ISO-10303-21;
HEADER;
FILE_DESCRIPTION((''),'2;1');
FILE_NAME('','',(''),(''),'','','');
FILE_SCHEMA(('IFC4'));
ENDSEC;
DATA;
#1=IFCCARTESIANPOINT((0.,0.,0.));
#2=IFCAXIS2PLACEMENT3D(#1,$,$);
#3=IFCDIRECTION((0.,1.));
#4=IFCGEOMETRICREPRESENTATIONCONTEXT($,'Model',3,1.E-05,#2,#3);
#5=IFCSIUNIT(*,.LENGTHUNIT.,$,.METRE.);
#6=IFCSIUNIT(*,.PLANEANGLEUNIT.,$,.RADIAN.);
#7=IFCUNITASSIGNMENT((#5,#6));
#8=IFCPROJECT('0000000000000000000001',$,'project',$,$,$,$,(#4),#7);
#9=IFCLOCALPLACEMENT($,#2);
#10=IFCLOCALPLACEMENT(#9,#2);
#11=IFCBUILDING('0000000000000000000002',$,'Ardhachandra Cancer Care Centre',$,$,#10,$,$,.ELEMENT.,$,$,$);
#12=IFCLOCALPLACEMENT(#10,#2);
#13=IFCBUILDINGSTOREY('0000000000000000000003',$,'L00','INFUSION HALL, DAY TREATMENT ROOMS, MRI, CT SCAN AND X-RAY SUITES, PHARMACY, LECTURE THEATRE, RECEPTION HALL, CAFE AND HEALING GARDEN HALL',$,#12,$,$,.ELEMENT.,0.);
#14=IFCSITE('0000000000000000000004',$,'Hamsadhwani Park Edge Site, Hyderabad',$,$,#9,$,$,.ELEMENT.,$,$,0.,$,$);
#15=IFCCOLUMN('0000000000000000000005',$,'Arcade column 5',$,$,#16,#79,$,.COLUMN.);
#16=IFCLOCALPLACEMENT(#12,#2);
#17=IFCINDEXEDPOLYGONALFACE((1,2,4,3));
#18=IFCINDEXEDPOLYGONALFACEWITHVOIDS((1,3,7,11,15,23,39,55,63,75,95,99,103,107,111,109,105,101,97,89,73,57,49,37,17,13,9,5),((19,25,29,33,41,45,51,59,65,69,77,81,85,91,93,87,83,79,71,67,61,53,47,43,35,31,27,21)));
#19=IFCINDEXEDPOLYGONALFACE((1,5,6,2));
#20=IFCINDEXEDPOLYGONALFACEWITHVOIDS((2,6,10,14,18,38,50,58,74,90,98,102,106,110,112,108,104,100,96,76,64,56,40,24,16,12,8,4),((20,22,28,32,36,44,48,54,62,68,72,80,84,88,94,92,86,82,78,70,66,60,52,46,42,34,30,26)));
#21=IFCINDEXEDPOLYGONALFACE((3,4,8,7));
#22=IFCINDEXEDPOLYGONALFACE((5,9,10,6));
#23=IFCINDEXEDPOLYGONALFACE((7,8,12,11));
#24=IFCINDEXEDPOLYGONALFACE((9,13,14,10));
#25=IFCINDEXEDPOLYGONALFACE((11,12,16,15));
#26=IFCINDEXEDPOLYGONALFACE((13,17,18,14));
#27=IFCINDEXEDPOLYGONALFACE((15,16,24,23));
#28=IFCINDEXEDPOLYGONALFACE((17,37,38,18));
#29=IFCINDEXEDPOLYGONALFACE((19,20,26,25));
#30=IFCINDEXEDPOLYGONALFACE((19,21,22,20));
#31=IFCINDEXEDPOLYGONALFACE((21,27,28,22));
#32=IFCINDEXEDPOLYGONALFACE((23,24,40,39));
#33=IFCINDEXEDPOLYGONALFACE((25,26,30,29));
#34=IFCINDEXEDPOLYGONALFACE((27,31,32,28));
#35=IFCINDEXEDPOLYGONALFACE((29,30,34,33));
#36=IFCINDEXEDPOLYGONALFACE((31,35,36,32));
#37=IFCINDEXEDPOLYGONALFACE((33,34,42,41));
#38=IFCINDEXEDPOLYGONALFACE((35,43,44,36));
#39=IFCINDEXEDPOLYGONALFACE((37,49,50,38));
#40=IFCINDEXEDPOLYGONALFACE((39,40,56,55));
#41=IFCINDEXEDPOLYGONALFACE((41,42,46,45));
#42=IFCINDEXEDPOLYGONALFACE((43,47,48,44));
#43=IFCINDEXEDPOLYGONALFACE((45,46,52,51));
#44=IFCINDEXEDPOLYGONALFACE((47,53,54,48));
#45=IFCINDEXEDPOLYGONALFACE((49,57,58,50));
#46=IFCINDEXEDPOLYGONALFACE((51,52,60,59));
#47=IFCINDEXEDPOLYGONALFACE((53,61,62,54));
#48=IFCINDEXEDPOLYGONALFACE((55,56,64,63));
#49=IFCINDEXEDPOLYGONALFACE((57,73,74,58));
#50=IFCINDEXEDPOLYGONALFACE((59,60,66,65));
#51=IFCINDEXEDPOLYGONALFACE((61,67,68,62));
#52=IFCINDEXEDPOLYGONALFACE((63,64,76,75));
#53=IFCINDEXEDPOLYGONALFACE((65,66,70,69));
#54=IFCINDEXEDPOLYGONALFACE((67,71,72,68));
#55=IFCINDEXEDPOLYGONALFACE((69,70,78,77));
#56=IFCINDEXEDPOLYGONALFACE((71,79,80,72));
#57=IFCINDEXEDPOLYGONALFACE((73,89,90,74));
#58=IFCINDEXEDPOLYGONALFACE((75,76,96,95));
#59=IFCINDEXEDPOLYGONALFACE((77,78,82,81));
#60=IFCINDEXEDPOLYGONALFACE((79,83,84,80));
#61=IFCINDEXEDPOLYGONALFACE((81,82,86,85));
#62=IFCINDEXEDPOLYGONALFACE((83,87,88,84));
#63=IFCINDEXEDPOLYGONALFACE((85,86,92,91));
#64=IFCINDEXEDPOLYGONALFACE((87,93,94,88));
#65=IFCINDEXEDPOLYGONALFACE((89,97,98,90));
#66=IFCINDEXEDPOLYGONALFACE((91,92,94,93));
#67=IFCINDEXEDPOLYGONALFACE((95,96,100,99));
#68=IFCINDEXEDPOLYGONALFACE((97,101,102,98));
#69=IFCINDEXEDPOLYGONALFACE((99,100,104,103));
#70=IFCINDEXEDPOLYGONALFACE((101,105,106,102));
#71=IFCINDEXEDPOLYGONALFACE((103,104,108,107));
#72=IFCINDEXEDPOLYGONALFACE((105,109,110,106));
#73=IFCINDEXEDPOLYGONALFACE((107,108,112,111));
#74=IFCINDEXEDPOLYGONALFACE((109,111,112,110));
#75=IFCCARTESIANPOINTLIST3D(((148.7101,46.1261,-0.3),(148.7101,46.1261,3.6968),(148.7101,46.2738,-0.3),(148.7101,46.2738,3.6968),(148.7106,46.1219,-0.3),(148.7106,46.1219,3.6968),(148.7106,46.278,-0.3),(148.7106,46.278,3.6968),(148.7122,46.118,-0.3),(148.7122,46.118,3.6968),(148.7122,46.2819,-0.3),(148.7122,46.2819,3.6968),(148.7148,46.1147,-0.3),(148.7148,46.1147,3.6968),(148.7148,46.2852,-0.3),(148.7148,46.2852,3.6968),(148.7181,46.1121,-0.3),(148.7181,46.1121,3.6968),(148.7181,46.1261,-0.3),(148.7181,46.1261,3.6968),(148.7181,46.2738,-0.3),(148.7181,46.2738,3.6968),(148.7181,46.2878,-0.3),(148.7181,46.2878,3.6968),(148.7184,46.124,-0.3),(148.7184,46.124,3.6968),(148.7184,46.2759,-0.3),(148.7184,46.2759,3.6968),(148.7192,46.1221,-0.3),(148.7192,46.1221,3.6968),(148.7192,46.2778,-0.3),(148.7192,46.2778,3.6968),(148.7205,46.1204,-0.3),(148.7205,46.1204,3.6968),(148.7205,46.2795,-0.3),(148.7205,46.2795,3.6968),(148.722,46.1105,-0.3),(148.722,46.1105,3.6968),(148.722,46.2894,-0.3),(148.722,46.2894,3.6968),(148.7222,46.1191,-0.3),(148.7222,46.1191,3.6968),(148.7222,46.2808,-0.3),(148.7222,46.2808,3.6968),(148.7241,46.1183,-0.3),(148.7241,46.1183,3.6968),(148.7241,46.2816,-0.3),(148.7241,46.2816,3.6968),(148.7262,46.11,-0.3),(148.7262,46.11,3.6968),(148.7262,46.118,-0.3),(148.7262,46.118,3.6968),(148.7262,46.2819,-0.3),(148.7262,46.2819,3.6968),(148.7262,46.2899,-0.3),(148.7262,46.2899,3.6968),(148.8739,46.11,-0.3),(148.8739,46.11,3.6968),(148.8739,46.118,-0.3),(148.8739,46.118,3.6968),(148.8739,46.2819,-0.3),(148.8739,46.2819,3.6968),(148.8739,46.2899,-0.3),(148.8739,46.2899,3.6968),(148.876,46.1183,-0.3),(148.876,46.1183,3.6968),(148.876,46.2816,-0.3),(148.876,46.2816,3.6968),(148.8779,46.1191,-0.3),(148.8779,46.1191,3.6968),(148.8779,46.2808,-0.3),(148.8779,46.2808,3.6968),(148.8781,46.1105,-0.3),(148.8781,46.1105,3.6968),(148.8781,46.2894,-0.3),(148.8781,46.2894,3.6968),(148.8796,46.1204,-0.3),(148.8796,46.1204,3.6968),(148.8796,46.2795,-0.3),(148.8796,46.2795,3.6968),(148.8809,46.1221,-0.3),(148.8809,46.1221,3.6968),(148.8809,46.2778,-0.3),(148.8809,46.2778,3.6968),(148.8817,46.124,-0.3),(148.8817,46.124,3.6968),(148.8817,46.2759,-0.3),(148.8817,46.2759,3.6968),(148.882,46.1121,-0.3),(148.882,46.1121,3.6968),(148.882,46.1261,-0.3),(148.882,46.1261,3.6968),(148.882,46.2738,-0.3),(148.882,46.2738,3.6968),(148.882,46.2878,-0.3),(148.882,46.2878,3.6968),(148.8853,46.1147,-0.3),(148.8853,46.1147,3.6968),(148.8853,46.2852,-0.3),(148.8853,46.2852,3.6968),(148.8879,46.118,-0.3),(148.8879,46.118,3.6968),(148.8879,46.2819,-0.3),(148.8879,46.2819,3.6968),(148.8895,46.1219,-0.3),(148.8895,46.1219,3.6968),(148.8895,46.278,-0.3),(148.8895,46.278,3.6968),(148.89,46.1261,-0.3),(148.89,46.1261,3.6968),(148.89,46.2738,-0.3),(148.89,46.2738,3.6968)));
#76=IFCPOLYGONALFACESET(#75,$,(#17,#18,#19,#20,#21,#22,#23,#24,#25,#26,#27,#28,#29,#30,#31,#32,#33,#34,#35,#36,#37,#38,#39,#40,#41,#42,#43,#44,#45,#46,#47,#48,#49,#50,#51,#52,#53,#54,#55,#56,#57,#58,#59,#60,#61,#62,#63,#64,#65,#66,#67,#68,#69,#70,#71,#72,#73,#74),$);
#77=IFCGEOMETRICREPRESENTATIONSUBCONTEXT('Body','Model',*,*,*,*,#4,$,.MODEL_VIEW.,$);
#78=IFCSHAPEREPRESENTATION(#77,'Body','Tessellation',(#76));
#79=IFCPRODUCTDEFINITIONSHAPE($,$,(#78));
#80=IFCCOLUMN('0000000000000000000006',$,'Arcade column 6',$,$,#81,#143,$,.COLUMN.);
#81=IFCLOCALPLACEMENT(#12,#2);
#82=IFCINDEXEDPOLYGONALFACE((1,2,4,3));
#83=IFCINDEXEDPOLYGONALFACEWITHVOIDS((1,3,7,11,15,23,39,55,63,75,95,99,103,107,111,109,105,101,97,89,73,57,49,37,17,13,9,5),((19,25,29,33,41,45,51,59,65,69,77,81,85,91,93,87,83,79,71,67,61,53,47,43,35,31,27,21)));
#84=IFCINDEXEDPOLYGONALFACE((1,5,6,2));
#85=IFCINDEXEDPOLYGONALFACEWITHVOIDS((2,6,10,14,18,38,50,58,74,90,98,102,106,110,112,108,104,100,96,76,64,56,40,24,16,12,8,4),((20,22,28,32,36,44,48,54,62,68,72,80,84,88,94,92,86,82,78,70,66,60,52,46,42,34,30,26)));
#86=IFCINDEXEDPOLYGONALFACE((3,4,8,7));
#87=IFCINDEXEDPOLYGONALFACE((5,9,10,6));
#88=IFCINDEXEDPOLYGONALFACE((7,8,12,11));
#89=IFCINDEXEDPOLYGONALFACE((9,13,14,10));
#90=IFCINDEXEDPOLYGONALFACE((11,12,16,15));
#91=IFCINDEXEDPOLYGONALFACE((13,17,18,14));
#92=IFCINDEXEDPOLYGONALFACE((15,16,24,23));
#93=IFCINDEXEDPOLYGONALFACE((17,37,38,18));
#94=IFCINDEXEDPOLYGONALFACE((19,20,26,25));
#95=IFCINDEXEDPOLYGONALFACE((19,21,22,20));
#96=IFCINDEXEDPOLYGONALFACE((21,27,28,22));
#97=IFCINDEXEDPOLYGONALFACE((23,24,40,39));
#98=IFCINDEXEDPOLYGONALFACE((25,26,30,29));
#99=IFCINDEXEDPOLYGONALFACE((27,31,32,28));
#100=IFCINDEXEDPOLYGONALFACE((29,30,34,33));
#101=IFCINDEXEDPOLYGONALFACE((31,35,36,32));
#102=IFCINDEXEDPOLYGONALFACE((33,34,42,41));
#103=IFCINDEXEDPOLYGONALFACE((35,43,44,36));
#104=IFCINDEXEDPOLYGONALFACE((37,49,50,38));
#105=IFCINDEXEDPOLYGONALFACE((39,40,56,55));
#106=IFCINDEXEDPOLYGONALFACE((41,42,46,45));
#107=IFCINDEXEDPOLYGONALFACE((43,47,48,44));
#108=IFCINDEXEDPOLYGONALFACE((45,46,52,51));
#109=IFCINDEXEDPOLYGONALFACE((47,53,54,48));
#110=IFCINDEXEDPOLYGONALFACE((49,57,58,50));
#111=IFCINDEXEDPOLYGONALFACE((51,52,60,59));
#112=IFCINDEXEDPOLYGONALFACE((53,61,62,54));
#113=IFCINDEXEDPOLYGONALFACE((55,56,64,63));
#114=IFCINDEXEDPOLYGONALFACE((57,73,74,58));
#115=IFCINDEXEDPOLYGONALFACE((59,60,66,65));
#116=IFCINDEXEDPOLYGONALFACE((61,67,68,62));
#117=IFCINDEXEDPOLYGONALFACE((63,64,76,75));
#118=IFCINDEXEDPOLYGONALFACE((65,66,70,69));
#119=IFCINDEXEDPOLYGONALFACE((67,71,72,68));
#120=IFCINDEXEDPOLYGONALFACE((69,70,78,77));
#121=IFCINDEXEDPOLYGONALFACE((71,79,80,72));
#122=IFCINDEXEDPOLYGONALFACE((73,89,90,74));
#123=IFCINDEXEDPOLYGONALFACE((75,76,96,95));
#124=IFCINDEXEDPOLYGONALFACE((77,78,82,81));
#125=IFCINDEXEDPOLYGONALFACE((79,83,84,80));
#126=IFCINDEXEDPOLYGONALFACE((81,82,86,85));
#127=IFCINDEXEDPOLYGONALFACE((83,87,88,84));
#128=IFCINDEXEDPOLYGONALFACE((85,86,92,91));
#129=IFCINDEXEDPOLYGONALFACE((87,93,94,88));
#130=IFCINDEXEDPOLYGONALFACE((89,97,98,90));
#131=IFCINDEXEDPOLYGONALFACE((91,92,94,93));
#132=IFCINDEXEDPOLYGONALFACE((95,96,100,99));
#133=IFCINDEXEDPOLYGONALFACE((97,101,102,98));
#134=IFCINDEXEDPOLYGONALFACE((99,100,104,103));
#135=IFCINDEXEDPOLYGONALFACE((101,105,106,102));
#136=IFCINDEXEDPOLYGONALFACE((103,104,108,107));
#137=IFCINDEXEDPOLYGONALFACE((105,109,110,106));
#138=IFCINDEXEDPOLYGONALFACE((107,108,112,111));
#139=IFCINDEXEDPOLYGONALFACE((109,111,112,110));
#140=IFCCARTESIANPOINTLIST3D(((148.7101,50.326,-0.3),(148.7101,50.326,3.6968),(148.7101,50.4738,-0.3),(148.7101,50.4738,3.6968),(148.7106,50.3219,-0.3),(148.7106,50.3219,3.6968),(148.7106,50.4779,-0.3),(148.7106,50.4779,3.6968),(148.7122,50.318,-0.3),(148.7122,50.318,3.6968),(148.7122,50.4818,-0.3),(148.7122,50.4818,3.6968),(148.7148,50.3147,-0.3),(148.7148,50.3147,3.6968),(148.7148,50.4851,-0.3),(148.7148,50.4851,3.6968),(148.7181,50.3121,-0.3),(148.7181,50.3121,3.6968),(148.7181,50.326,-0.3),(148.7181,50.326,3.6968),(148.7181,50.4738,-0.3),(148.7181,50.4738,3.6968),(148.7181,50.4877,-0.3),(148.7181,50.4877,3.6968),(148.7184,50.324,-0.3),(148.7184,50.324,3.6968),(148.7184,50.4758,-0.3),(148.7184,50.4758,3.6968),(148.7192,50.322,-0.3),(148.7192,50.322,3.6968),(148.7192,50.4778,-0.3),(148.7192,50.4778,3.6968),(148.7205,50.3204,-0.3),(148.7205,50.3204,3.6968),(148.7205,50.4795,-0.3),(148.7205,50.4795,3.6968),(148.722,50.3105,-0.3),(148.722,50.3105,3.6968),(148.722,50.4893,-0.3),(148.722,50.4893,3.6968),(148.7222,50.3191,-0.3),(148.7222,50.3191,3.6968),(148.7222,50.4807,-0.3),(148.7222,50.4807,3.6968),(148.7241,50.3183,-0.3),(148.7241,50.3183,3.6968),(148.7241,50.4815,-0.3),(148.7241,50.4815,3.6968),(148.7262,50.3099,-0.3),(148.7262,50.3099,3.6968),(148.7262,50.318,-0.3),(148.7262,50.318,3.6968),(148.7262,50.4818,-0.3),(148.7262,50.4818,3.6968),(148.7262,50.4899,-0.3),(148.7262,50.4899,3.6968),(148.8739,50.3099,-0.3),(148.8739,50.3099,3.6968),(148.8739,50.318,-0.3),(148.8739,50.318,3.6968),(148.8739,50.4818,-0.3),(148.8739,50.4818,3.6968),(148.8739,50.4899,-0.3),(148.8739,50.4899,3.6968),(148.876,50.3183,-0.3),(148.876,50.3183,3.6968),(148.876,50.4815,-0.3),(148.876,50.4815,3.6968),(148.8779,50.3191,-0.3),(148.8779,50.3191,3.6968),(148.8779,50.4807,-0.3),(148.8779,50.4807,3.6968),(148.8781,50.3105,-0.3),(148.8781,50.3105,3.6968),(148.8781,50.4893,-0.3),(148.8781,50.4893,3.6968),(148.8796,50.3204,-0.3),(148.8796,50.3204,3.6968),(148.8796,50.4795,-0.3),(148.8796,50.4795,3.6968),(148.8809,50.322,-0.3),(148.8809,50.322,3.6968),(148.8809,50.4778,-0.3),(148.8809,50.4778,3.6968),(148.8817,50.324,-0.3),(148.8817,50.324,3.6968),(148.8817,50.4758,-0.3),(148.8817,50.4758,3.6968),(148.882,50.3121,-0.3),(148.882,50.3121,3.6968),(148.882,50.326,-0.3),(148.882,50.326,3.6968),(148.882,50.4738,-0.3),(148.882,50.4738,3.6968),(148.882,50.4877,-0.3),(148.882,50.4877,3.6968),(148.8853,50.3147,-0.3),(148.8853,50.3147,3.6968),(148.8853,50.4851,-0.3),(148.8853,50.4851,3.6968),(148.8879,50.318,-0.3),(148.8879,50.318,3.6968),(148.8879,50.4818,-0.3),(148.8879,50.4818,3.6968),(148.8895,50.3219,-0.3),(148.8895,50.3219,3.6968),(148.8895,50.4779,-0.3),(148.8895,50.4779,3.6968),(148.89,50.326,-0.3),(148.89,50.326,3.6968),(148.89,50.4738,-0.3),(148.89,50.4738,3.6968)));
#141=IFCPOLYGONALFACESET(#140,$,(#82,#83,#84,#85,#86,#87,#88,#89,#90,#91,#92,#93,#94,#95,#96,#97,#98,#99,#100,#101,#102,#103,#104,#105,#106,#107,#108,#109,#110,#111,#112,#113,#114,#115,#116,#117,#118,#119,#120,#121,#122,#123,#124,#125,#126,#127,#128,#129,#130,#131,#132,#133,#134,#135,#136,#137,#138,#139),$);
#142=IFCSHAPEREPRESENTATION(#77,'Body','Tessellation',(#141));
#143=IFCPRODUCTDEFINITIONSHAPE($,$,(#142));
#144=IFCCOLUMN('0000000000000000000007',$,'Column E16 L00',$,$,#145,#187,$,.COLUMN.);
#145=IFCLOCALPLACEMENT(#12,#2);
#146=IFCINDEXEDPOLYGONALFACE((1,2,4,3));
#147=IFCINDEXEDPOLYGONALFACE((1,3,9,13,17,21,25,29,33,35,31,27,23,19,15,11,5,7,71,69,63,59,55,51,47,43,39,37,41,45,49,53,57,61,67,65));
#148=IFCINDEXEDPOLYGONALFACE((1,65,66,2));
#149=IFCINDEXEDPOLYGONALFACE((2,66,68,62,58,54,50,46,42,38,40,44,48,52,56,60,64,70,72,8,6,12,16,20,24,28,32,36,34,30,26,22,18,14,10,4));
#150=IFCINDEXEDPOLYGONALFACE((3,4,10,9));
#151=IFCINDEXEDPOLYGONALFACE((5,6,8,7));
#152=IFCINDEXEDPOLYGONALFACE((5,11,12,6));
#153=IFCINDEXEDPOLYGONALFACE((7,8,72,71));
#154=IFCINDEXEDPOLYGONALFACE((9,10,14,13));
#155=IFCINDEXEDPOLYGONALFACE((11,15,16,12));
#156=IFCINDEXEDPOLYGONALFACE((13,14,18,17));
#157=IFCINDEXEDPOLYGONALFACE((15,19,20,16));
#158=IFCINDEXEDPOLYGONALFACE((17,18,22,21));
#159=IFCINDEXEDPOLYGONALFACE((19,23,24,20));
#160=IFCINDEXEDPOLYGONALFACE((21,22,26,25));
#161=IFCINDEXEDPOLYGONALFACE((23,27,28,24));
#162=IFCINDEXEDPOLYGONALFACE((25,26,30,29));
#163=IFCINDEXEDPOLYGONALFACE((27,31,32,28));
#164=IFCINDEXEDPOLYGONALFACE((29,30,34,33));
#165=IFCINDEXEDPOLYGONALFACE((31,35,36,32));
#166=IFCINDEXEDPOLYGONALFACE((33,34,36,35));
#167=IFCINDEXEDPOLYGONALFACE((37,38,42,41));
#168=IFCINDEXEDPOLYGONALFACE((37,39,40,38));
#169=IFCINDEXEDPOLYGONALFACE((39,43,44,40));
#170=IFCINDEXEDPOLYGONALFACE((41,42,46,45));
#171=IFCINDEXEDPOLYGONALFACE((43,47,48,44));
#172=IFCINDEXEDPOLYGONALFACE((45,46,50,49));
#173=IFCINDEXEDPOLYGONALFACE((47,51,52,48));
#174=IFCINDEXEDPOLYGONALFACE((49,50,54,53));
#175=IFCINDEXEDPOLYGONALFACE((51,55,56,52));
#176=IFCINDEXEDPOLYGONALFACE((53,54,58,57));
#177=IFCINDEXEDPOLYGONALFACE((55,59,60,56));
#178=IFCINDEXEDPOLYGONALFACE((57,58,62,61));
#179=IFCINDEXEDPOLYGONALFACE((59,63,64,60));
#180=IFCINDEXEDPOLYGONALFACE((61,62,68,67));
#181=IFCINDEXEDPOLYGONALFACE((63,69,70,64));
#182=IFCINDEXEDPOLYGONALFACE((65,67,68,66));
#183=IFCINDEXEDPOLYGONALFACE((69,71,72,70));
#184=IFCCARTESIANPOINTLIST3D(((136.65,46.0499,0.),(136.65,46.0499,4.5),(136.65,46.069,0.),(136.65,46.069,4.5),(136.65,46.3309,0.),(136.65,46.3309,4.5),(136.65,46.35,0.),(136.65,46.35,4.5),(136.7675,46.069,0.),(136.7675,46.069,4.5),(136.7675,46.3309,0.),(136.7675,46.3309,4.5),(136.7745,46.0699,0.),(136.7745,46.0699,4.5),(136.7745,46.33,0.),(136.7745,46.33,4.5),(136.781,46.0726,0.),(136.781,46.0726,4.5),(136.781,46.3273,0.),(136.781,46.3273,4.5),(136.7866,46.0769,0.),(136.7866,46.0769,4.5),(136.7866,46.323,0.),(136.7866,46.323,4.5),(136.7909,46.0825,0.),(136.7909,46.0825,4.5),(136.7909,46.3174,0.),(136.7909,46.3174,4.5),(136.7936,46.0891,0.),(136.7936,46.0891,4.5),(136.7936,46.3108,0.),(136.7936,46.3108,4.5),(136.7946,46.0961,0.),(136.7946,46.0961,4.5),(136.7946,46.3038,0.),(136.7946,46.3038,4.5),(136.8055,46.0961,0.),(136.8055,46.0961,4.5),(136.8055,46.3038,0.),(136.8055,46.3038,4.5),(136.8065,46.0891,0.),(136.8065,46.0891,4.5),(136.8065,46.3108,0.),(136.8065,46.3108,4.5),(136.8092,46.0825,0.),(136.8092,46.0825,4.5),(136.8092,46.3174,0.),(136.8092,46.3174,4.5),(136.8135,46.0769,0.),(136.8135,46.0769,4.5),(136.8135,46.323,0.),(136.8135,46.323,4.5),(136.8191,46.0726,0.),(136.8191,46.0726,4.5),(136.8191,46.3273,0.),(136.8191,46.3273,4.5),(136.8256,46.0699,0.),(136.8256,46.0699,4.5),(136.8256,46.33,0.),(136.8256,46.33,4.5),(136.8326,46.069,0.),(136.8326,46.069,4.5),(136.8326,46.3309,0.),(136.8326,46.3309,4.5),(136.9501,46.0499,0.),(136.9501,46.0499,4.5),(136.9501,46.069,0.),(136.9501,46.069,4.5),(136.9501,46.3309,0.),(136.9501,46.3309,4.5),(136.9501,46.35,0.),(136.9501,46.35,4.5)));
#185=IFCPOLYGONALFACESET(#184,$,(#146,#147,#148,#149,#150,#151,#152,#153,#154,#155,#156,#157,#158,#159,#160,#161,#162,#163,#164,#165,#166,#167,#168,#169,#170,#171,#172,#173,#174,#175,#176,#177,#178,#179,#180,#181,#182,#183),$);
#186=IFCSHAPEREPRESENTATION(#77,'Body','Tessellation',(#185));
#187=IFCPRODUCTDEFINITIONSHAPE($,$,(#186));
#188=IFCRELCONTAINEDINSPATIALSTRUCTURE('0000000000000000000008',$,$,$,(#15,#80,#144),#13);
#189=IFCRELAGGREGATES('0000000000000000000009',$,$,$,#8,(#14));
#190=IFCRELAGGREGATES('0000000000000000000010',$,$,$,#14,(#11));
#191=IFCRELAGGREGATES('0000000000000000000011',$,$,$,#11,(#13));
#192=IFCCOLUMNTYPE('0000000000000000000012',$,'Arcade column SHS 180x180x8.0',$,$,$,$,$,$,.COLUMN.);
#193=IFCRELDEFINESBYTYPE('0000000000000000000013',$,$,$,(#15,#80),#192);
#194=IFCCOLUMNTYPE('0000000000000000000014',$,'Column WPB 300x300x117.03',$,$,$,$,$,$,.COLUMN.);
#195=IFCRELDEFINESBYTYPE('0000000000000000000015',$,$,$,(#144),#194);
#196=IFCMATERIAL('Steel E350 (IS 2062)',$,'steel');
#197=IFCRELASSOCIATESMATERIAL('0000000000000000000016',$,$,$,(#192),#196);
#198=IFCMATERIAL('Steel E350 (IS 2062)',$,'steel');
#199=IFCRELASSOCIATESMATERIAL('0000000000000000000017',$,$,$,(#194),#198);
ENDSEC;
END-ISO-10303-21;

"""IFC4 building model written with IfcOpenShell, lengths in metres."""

from ifc_helpers import new_model, si_unit, direction, frame, origin, origin_2d, place, context, subcontext, project, spatial, hollow_rectangle, i_section, extrude, material, material_profile, profile_set, type_object, element, save


model = new_model("IFC4")

# Units and contexts
model_context = context("Model", 3, precision=1e-05, world=origin(), true_north=direction((0.0, 1.0)))
body_context = subcontext(model_context, "Body", "Model", "MODEL_VIEW")
ifc_project = project(units=[si_unit("LENGTHUNIT", "METRE"), si_unit("PLANEANGLEUNIT", "RADIAN")], contexts=[model_context])

# Site, building, storey
site_placement = place(None, origin())
site = spatial("IfcSite", under=ifc_project, at=site_placement, Name="Hamsadhwani Park Edge Site, Hyderabad", CompositionType="ELEMENT", RefElevation=0.0)
building_placement = place(site_placement, origin())
building = spatial("IfcBuilding", under=site, at=building_placement, Name="Ardhachandra Cancer Care Centre", CompositionType="ELEMENT")
storey_placement = place(building_placement, origin())
storey = spatial("IfcBuildingStorey", under=building, at=storey_placement, Name="L00", Description="INFUSION HALL, DAY TREATMENT ROOMS, MRI, CT SCAN AND X-RAY SUITES, PHARMACY, LECTURE THEATRE, RECEPTION HALL, CAFE AND HEALING GARDEN HALL", CompositionType="ELEMENT", Elevation=0.0)

# Columns
ifc_material_1 = material(Name="Steel E350 (IS 2062)", Category="steel")
ifc_material_profile_1 = material_profile(ifc_material_1, hollow_rectangle(XDim=0.1799, YDim=0.1799, WallThickness=0.0081, InnerFilletRadius=0.0081, OuterFilletRadius=0.0161, at=origin_2d()), Name="SHS 180x180x8.0")
ifc_profile_set_1 = profile_set([ifc_material_profile_1], Name="Steel E350 (IS 2062)")
column_type_1 = type_object("IfcColumnType", Name="Arcade column SHS 180x180x8.0", PredefinedType="COLUMN", material=ifc_profile_set_1)
for number, where, z_axis, x_axis, name in (
    (1, (148.8, 46.2, -0.3), (0.0, 0.0, 1.0), (1.0, 0.0, 0.0), "Arcade column 5"),
    (2, (148.8, 50.3999, -0.3), (0.0, 0.0, 1.0), (1.0, 0.0, 0.0), "Arcade column 6"),
):
    element("IfcColumn", number, at=place(storey_placement, frame(where, z_axis=z_axis, x_axis=x_axis)), inside=storey, type_object=column_type_1, Name=name, PredefinedType="COLUMN", context=body_context, shape_type="SweptSolid", body=[
        extrude(hollow_rectangle(XDim=0.1799, YDim=0.1799, WallThickness=0.0081, InnerFilletRadius=0.0081, OuterFilletRadius=0.0161, at=origin_2d()), origin(), (0.0, 0.0, 1.0), 3.9968),
    ])
ifc_material_2 = material(Name="Steel E350 (IS 2062)", Category="steel")
ifc_material_profile_2 = material_profile(ifc_material_2, i_section(OverallWidth=0.3, OverallDepth=0.3, WebThickness=0.011, FlangeThickness=0.019, FilletRadius=0.0271, at=origin_2d()), Name="WPB 300x300x117.03")
ifc_profile_set_2 = profile_set([ifc_material_profile_2], Name="Steel E350 (IS 2062)")
column_type_2 = type_object("IfcColumnType", Name="Column WPB 300x300x117.03", PredefinedType="COLUMN", material=ifc_profile_set_2)
column_1_placement = place(storey_placement, frame((136.8, 46.2, 0.0), z_axis=(0.0, 0.0, 1.0), x_axis=(1.0, 0.0, 0.0)))
element("IfcColumn", 3, at=column_1_placement, inside=storey, type_object=column_type_2, Name="Column E16 L00", PredefinedType="COLUMN", context=body_context, shape_type="SweptSolid", body=[
    extrude(i_section(OverallWidth=0.3, OverallDepth=0.3, WebThickness=0.011, FlangeThickness=0.019, FilletRadius=0.0271, at=origin_2d()), origin(), (0.0, 0.0, 1.0), 4.5),
])

save(model, "model.ifc")
